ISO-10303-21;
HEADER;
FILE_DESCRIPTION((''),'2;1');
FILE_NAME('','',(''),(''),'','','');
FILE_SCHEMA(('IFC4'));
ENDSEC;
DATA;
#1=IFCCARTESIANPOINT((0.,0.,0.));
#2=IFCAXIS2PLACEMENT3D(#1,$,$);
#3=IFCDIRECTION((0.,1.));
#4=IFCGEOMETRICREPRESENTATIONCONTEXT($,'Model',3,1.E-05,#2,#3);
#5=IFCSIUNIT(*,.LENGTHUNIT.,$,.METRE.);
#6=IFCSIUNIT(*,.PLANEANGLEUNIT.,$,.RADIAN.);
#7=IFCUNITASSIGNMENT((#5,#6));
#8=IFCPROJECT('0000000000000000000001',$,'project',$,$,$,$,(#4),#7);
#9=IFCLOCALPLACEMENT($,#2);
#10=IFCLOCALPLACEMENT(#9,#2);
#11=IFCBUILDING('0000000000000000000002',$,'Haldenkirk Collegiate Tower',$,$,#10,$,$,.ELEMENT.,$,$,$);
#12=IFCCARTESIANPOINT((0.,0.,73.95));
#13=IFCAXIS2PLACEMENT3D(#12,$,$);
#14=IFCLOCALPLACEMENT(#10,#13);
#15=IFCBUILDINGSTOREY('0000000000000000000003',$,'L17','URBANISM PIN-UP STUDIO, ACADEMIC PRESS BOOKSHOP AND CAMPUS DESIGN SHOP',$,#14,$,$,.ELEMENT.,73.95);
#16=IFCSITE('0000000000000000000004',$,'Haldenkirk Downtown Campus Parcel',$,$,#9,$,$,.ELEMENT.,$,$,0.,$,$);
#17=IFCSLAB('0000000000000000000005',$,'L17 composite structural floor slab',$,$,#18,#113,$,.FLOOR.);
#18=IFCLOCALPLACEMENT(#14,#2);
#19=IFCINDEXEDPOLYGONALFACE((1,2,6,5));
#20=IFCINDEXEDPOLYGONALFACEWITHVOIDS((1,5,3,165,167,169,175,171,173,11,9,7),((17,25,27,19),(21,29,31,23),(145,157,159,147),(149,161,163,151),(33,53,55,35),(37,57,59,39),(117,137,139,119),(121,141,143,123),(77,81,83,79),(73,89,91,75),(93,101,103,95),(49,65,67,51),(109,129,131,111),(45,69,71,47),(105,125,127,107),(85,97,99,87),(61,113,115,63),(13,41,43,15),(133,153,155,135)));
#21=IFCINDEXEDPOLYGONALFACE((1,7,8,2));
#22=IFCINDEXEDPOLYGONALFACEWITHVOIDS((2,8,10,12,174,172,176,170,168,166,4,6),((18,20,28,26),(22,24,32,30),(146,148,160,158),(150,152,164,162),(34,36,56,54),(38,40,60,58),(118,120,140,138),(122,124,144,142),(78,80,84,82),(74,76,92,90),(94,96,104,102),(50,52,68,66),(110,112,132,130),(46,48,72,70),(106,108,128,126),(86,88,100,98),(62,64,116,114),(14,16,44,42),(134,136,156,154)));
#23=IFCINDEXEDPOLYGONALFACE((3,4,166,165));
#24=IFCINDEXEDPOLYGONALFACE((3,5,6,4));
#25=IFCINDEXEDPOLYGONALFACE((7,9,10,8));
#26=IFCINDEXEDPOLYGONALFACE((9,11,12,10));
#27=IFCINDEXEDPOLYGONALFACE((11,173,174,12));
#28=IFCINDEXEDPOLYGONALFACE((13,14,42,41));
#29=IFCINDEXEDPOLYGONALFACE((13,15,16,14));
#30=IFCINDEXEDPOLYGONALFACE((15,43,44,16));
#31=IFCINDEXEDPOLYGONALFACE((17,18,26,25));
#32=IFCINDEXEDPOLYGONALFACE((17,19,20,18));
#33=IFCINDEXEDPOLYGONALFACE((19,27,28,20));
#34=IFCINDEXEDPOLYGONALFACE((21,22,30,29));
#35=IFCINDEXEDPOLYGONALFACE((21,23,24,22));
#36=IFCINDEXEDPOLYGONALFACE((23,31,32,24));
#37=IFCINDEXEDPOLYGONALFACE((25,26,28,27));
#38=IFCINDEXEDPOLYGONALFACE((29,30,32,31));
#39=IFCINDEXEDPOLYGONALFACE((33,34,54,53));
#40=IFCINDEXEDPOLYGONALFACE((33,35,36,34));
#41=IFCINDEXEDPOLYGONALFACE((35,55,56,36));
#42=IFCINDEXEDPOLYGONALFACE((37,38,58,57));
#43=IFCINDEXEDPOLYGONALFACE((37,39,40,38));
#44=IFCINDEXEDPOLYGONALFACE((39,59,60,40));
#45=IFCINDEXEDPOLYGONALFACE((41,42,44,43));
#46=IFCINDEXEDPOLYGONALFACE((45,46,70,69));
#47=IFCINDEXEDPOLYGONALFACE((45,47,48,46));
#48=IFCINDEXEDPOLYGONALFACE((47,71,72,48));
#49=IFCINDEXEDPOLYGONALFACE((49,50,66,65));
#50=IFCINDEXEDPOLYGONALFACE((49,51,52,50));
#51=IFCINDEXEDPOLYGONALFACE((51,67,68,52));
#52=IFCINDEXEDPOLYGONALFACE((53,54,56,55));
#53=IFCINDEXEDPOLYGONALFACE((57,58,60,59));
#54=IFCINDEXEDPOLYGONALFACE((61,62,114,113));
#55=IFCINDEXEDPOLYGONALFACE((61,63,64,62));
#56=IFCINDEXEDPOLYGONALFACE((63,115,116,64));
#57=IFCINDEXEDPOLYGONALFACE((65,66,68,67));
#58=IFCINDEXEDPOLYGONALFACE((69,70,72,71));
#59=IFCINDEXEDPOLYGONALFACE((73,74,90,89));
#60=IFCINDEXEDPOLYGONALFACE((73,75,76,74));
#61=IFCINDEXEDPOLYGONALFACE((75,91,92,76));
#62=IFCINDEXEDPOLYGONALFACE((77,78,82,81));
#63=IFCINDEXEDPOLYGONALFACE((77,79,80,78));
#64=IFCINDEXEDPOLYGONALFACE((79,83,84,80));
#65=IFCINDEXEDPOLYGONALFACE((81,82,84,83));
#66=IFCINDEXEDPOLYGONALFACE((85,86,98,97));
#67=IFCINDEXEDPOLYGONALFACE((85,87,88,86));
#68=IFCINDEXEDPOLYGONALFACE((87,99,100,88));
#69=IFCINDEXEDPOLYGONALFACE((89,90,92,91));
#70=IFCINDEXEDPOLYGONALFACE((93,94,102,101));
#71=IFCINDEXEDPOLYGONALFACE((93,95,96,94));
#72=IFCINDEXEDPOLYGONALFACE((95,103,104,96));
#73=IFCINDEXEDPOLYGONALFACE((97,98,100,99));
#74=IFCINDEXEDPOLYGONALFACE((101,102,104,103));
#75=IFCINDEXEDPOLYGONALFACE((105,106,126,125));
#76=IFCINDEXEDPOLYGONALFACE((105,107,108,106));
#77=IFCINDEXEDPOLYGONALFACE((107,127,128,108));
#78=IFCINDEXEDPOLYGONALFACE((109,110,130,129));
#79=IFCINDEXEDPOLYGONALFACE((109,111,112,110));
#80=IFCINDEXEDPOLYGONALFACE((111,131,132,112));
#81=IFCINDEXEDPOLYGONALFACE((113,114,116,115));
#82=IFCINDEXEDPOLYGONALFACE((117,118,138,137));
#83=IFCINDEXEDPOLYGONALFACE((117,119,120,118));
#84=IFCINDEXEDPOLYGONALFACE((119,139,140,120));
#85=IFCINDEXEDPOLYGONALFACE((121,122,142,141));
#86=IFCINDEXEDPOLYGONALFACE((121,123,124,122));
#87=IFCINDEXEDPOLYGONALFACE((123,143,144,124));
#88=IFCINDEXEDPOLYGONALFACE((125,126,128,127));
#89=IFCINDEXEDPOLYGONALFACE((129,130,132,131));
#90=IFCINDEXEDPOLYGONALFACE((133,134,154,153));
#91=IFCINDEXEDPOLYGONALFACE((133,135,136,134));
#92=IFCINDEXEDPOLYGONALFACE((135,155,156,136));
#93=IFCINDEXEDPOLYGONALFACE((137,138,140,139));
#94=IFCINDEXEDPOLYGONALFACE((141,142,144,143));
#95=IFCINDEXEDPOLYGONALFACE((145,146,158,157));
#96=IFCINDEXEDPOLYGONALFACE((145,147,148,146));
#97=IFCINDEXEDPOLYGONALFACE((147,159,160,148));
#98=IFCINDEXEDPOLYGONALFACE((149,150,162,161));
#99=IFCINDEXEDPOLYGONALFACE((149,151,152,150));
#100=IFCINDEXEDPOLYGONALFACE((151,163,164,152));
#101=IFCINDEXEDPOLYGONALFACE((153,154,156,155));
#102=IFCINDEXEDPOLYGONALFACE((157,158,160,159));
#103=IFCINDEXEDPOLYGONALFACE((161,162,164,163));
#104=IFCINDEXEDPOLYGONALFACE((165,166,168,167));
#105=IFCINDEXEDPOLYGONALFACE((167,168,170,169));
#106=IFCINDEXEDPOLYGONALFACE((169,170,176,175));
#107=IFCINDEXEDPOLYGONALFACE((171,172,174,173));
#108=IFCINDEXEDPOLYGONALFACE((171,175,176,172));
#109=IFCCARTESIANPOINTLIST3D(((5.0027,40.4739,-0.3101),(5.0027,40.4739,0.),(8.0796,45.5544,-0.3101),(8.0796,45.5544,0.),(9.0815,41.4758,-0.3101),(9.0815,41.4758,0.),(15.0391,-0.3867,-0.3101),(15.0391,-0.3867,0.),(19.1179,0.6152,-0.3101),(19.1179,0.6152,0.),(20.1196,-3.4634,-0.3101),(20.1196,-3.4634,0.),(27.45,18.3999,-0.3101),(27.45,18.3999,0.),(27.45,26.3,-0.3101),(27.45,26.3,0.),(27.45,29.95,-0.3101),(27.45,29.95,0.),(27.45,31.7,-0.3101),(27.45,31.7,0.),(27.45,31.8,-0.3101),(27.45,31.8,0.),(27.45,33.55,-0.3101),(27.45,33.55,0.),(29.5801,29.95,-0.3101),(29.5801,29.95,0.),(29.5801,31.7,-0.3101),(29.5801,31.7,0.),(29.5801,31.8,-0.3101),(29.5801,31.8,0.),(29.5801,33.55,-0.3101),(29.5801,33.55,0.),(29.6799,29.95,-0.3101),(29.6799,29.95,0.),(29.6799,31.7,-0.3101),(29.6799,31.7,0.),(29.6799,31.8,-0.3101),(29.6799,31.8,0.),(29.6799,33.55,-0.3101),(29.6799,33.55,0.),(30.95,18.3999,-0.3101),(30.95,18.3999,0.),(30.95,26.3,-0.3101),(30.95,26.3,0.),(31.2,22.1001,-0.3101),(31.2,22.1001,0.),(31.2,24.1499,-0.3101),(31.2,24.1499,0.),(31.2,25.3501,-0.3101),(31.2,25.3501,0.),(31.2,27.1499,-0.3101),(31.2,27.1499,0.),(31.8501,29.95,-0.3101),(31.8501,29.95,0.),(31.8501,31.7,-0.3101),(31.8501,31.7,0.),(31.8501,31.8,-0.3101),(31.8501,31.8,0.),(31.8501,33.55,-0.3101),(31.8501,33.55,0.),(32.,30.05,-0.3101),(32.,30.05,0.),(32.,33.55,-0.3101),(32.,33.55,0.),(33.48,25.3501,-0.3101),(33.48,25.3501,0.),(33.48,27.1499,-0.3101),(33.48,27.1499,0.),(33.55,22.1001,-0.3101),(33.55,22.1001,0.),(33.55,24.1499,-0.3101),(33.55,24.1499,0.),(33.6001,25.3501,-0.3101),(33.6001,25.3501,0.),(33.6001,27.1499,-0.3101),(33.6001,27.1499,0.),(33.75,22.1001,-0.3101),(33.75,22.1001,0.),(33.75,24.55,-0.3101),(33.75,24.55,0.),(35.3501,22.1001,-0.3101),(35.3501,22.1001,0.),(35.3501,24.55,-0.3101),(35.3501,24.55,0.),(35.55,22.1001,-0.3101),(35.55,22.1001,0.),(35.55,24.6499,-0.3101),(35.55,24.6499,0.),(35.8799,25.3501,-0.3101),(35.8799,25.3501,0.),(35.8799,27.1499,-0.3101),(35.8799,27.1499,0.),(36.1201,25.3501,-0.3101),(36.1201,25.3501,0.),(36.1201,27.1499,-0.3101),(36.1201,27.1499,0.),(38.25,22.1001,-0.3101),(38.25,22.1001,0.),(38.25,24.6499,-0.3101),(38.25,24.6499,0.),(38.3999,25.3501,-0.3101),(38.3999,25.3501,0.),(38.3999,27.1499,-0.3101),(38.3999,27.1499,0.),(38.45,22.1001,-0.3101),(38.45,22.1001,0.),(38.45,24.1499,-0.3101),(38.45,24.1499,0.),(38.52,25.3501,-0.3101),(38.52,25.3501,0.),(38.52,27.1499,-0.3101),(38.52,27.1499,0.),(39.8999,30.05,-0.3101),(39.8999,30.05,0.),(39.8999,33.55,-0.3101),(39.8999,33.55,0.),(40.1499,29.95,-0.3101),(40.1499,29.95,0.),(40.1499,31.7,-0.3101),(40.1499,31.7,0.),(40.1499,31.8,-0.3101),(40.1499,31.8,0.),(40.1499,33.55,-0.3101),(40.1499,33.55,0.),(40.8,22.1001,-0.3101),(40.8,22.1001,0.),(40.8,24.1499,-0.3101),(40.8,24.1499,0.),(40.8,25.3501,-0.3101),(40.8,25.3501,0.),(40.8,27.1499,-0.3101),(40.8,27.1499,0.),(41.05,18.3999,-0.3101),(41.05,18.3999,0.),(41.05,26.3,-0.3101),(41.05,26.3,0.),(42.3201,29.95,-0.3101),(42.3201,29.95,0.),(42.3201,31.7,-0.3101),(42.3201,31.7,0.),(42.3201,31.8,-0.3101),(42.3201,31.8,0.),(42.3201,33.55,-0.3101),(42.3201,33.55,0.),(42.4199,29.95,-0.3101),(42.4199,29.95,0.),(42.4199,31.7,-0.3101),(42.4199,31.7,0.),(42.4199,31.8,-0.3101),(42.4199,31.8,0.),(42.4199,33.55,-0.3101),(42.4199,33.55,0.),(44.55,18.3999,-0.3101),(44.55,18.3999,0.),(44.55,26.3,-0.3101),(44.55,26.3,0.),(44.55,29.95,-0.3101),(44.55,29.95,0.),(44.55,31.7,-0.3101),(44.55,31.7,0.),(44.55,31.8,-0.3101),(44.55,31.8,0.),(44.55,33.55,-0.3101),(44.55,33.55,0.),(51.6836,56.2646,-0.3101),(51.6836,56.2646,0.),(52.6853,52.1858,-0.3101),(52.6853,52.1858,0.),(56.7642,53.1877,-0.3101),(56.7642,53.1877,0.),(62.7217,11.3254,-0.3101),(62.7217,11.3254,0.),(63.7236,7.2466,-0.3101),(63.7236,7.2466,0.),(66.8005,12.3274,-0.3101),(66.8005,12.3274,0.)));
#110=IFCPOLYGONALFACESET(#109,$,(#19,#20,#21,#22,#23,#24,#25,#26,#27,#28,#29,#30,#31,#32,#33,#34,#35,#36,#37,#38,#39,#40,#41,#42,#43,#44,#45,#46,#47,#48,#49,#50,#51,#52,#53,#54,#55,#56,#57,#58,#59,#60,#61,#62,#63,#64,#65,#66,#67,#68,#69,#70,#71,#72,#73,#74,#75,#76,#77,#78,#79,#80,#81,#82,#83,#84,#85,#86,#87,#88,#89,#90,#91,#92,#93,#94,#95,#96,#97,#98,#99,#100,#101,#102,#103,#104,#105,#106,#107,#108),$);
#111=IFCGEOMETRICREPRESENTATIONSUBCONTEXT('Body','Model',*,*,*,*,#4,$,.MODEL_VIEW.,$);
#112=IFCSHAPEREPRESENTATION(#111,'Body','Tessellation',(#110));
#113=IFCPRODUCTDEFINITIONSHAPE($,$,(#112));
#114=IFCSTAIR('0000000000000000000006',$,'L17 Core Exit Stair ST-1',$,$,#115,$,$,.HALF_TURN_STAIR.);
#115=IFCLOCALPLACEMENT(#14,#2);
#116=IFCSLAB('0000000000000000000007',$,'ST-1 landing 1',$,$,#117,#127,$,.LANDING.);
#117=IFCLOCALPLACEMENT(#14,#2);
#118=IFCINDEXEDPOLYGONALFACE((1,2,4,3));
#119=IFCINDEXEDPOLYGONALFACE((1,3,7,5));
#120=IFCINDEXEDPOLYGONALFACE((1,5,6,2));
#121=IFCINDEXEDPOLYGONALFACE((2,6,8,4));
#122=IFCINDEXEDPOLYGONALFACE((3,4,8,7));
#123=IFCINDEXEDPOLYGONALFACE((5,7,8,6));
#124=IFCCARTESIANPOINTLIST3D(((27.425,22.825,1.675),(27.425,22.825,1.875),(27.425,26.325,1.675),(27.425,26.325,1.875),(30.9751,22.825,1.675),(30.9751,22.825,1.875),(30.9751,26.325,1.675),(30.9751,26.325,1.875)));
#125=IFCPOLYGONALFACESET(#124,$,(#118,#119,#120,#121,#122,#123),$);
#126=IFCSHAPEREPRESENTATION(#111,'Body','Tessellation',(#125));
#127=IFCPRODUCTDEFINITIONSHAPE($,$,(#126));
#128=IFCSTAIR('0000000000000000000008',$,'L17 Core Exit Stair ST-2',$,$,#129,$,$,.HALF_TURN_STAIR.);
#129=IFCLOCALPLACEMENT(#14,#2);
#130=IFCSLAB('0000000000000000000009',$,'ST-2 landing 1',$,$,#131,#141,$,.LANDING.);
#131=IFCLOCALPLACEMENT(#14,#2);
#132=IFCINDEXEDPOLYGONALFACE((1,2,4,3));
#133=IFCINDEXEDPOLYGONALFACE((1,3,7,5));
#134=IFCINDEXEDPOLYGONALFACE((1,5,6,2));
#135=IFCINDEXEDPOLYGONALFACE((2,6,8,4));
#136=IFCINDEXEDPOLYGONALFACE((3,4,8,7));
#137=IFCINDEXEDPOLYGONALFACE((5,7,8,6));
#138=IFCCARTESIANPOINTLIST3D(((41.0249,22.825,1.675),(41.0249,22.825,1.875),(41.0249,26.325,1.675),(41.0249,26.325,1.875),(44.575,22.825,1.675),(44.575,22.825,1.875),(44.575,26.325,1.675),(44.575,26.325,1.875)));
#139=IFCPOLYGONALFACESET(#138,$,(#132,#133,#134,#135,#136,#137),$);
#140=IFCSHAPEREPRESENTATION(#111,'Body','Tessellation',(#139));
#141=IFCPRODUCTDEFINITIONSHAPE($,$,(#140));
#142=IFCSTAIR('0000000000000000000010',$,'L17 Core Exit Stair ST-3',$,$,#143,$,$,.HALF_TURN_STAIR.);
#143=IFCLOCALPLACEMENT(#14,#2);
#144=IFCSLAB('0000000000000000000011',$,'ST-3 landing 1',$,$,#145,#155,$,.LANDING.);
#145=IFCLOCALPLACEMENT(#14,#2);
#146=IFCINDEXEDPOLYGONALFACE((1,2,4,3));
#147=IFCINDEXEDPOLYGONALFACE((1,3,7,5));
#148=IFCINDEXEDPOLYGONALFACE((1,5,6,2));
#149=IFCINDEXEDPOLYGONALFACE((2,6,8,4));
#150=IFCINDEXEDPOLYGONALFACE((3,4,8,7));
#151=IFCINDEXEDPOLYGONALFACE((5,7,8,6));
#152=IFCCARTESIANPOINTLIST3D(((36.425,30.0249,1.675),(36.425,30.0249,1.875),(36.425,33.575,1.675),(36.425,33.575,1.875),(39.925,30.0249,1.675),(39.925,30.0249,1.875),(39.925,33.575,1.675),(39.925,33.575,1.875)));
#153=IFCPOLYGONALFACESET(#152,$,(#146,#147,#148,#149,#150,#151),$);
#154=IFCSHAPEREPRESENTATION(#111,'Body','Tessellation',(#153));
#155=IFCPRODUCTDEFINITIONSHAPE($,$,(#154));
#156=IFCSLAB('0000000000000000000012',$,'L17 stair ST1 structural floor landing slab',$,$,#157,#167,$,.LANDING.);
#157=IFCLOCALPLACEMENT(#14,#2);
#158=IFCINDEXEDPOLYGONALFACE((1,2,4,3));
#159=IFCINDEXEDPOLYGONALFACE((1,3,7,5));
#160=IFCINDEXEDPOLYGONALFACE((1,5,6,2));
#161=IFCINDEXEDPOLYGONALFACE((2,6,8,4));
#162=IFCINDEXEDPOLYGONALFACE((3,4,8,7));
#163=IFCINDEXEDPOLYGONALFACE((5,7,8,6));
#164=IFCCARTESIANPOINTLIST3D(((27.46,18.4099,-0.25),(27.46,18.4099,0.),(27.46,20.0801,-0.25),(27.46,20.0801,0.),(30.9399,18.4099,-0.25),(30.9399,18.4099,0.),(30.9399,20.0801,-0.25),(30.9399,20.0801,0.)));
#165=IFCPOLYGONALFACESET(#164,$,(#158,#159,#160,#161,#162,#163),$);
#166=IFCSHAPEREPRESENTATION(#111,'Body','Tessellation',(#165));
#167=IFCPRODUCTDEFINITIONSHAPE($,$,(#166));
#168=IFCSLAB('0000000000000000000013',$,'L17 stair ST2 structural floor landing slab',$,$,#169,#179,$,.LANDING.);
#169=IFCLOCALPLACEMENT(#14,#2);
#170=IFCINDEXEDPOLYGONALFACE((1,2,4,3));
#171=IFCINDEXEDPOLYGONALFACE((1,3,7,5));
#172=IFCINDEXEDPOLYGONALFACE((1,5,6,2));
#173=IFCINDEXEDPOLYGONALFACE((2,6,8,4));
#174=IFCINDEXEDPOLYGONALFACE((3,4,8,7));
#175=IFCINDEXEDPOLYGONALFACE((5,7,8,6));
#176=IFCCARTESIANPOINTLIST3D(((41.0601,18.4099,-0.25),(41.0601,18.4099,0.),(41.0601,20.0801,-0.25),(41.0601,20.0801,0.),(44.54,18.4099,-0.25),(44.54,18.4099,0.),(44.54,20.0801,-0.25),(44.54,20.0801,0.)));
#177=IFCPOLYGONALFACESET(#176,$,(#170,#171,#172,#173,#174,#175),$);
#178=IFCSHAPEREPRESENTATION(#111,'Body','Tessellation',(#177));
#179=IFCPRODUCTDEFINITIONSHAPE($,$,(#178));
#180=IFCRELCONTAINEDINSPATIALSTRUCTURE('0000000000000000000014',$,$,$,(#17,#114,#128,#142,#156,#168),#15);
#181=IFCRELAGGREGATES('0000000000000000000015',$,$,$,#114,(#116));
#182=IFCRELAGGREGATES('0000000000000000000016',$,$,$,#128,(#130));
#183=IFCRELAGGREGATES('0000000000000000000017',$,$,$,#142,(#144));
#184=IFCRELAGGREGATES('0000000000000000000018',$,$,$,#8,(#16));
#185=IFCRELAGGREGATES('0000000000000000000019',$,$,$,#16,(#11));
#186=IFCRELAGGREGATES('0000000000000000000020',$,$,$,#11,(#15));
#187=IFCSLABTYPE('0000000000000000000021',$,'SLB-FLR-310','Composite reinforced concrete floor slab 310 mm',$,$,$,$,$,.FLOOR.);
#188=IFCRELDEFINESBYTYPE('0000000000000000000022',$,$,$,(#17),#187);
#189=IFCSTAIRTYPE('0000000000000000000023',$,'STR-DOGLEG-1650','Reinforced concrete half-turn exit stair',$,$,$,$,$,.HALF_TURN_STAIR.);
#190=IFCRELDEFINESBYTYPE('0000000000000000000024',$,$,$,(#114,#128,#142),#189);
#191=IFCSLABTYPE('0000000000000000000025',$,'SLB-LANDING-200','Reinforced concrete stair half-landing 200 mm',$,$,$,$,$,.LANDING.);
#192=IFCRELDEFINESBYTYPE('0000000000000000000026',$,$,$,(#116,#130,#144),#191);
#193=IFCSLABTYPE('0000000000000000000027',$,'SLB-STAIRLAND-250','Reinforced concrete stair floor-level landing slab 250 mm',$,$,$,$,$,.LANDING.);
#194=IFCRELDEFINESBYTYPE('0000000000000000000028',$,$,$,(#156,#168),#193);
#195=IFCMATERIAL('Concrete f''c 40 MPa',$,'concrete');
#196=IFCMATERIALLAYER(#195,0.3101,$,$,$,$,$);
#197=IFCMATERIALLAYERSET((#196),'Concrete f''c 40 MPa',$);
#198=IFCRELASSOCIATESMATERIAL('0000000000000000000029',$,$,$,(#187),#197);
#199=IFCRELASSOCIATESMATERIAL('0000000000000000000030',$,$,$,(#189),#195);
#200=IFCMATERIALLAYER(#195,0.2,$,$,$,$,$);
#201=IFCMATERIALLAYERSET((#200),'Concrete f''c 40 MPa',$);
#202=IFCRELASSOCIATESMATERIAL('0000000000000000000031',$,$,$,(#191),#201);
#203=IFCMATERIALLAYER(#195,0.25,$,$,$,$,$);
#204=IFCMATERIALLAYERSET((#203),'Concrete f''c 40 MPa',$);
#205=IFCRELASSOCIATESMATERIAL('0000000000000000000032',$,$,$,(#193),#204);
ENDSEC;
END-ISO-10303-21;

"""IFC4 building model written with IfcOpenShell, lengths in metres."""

from ifc_helpers import new_model, si_unit, direction, frame, origin, place, context, subcontext, project, spatial, polyline, outline, extrude, material, layer, layer_set, type_object, element, aggregate, save


model = new_model("IFC4")

# Units and contexts
model_context = context("Model", 3, precision=1e-05, world=origin(), true_north=direction((0.0, 1.0)))
body_context = subcontext(model_context, "Body", "Model", "MODEL_VIEW")
ifc_project = project(units=[si_unit("LENGTHUNIT", "METRE"), si_unit("PLANEANGLEUNIT", "RADIAN")], contexts=[model_context])

# Site, building, storey
site_placement = place(None, origin())
site = spatial("IfcSite", under=ifc_project, at=site_placement, Name="Haldenkirk Downtown Campus Parcel", CompositionType="ELEMENT", RefElevation=0.0)
building_placement = place(site_placement, origin())
building = spatial("IfcBuilding", under=site, at=building_placement, Name="Haldenkirk Collegiate Tower", CompositionType="ELEMENT")
storey_placement = place(building_placement, frame((0.0, 0.0, 73.95)))
storey = spatial("IfcBuildingStorey", under=building, at=storey_placement, Name="L17", Description="URBANISM PIN-UP STUDIO, ACADEMIC PRESS BOOKSHOP AND CAMPUS DESIGN SHOP", CompositionType="ELEMENT", Elevation=73.95)

# Slab
ifc_material_1 = material(Name="Concrete f'c 40 MPa", Category="concrete")
ifc_layer_1 = layer(ifc_material_1, 0.3101)
ifc_layer_set_1 = layer_set([ifc_layer_1], Name="Concrete f'c 40 MPa")
slab_type_1 = type_object("IfcSlabType", Name="SLB-FLR-310", Description="Composite reinforced concrete floor slab 310 mm", PredefinedType="FLOOR", material=ifc_layer_set_1)
slab_1_placement = place(storey_placement, frame((0.0, 0.0, -0.3101)))
element("IfcSlab", 1, at=slab_1_placement, inside=storey, type_object=slab_type_1, Name="L17 composite structural floor slab", PredefinedType="FLOOR", context=body_context, shape_type="SweptSolid", body=[
    extrude(outline(polyline([(20.1196, -3.4634), (63.7236, 7.2466), (62.7217, 11.3254), (66.8005, 12.3274), (56.7642, 53.1877), (52.6853, 52.1858), (51.6836, 56.2646), (8.0796, 45.5544), (9.0815, 41.4758), (5.0027, 40.4739), (15.0391, -0.3867), (19.1179, 0.6152), (20.1196, -3.4634)]), holes=[polyline([(27.45, 18.3999), (30.95, 18.3999), (30.95, 26.3), (27.45, 26.3), (27.45, 18.3999)]), polyline([(41.05, 18.3999), (44.55, 18.3999), (44.55, 26.3), (41.05, 26.3), (41.05, 18.3999)]), polyline([(32.0, 30.05), (39.8999, 30.05), (39.8999, 33.55), (32.0, 33.55), (32.0, 30.05)]), polyline([(33.75, 22.1001), (35.3501, 22.1001), (35.3501, 24.55), (33.75, 24.55), (33.75, 22.1001)]), polyline([(27.45, 29.95), (29.5801, 29.95), (29.5801, 31.7), (27.45, 31.7), (27.45, 29.95)]), polyline([(29.6799, 29.95), (31.8501, 29.95), (31.8501, 31.7), (29.6799, 31.7), (29.6799, 29.95)]), polyline([(27.45, 31.8), (29.5801, 31.8), (29.5801, 33.55), (27.45, 33.55), (27.45, 31.8)]), polyline([(29.6799, 31.8), (31.8501, 31.8), (31.8501, 33.55), (29.6799, 33.55), (29.6799, 31.8)]), polyline([(40.1499, 29.95), (42.3201, 29.95), (42.3201, 31.7), (40.1499, 31.7), (40.1499, 29.95)]), polyline([(42.4199, 29.95), (44.55, 29.95), (44.55, 31.7), (42.4199, 31.7), (42.4199, 29.95)]), polyline([(40.1499, 31.8), (42.3201, 31.8), (42.3201, 33.55), (40.1499, 33.55), (40.1499, 31.8)]), polyline([(42.4199, 31.8), (44.55, 31.8), (44.55, 33.55), (42.4199, 33.55), (42.4199, 31.8)]), polyline([(31.2, 25.3501), (33.48, 25.3501), (33.48, 27.1499), (31.2, 27.1499), (31.2, 25.3501)]), polyline([(33.6001, 25.3501), (35.8799, 25.3501), (35.8799, 27.1499), (33.6001, 27.1499), (33.6001, 25.3501)]), polyline([(36.1201, 25.3501), (38.3999, 25.3501), (38.3999, 27.1499), (36.1201, 27.1499), (36.1201, 25.3501)]), polyline([(38.52, 25.3501), (40.8, 25.3501), (40.8, 27.1499), (38.52, 27.1499), (38.52, 25.3501)]), polyline([(31.2, 22.1001), (33.55, 22.1001), (33.55, 24.1499), (31.2, 24.1499), (31.2, 22.1001)]), polyline([(38.45, 22.1001), (40.8, 22.1001), (40.8, 24.1499), (38.45, 24.1499), (38.45, 22.1001)]), polyline([(35.55, 22.1001), (38.25, 22.1001), (38.25, 24.6499), (35.55, 24.6499), (35.55, 22.1001)])]), origin(), (0.0, 0.0, 1.0), 0.3101),
])

# Stairs, slabs
stair_type = type_object("IfcStairType", Name="STR-DOGLEG-1650", Description="Reinforced concrete half-turn exit stair", PredefinedType="HALF_TURN_STAIR", material=ifc_material_1)
stair_1_placement = place(storey_placement, origin())
stair_1 = element("IfcStair", 2, at=stair_1_placement, inside=storey, type_object=stair_type, Name="L17 Core Exit Stair ST-1", PredefinedType="HALF_TURN_STAIR")
ifc_layer_2 = layer(ifc_material_1, 0.2)
ifc_layer_set_2 = layer_set([ifc_layer_2], Name="Concrete f'c 40 MPa")
slab_type_2 = type_object("IfcSlabType", Name="SLB-LANDING-200", Description="Reinforced concrete stair half-landing 200 mm", PredefinedType="LANDING", material=ifc_layer_set_2)
slab_2_placement = place(storey_placement, frame((0.0, 0.0, 1.675)))
slab_2 = element("IfcSlab", 3, at=slab_2_placement, type_object=slab_type_2, Name="ST-1 landing 1", PredefinedType="LANDING", context=body_context, shape_type="SweptSolid", body=[
    extrude(outline(polyline([(30.9751, 22.825), (27.425, 22.825), (27.425, 26.325), (30.9751, 26.325), (30.9751, 22.825)])), origin(), (0.0, 0.0, 1.0), 0.2),
])
aggregate(stair_1, [slab_2])
stair_2_placement = place(storey_placement, origin())
stair_2 = element("IfcStair", 4, at=stair_2_placement, inside=storey, type_object=stair_type, Name="L17 Core Exit Stair ST-2", PredefinedType="HALF_TURN_STAIR")
slab_3_placement = place(storey_placement, frame((0.0, 0.0, 1.675)))
slab_3 = element("IfcSlab", 5, at=slab_3_placement, type_object=slab_type_2, Name="ST-2 landing 1", PredefinedType="LANDING", context=body_context, shape_type="SweptSolid", body=[
    extrude(outline(polyline([(44.575, 22.825), (41.0249, 22.825), (41.0249, 26.325), (44.575, 26.325), (44.575, 22.825)])), origin(), (0.0, 0.0, 1.0), 0.2),
])
aggregate(stair_2, [slab_3])
stair_3_placement = place(storey_placement, origin())
stair_3 = element("IfcStair", 6, at=stair_3_placement, inside=storey, type_object=stair_type, Name="L17 Core Exit Stair ST-3", PredefinedType="HALF_TURN_STAIR")
slab_4_placement = place(storey_placement, frame((0.0, 0.0, 1.675)))
slab_4 = element("IfcSlab", 7, at=slab_4_placement, type_object=slab_type_2, Name="ST-3 landing 1", PredefinedType="LANDING", context=body_context, shape_type="SweptSolid", body=[
    extrude(outline(polyline([(36.425, 30.0249), (36.425, 33.575), (39.925, 33.575), (39.925, 30.0249), (36.425, 30.0249)])), origin(), (0.0, 0.0, 1.0), 0.2),
])
aggregate(stair_3, [slab_4])

# Slabs
ifc_layer_3 = layer(ifc_material_1, 0.25)
ifc_layer_set_3 = layer_set([ifc_layer_3], Name="Concrete f'c 40 MPa")
slab_type_3 = type_object("IfcSlabType", Name="SLB-STAIRLAND-250", Description="Reinforced concrete stair floor-level landing slab 250 mm", PredefinedType="LANDING", material=ifc_layer_set_3)
slab_5_placement = place(storey_placement, frame((0.0, 0.0, -0.25)))
element("IfcSlab", 8, at=slab_5_placement, inside=storey, type_object=slab_type_3, Name="L17 stair ST1 structural floor landing slab", PredefinedType="LANDING", context=body_context, shape_type="SweptSolid", body=[
    extrude(outline(polyline([(27.46, 18.4099), (30.9399, 18.4099), (30.9399, 20.0801), (27.46, 20.0801), (27.46, 18.4099)])), origin(), (0.0, 0.0, 1.0), 0.25),
])
slab_6_placement = place(storey_placement, frame((0.0, 0.0, -0.25)))
element("IfcSlab", 9, at=slab_6_placement, inside=storey, type_object=slab_type_3, Name="L17 stair ST2 structural floor landing slab", PredefinedType="LANDING", context=body_context, shape_type="SweptSolid", body=[
    extrude(outline(polyline([(41.0601, 18.4099), (44.54, 18.4099), (44.54, 20.0801), (41.0601, 20.0801), (41.0601, 18.4099)])), origin(), (0.0, 0.0, 1.0), 0.25),
])

save(model, "model.ifc")
